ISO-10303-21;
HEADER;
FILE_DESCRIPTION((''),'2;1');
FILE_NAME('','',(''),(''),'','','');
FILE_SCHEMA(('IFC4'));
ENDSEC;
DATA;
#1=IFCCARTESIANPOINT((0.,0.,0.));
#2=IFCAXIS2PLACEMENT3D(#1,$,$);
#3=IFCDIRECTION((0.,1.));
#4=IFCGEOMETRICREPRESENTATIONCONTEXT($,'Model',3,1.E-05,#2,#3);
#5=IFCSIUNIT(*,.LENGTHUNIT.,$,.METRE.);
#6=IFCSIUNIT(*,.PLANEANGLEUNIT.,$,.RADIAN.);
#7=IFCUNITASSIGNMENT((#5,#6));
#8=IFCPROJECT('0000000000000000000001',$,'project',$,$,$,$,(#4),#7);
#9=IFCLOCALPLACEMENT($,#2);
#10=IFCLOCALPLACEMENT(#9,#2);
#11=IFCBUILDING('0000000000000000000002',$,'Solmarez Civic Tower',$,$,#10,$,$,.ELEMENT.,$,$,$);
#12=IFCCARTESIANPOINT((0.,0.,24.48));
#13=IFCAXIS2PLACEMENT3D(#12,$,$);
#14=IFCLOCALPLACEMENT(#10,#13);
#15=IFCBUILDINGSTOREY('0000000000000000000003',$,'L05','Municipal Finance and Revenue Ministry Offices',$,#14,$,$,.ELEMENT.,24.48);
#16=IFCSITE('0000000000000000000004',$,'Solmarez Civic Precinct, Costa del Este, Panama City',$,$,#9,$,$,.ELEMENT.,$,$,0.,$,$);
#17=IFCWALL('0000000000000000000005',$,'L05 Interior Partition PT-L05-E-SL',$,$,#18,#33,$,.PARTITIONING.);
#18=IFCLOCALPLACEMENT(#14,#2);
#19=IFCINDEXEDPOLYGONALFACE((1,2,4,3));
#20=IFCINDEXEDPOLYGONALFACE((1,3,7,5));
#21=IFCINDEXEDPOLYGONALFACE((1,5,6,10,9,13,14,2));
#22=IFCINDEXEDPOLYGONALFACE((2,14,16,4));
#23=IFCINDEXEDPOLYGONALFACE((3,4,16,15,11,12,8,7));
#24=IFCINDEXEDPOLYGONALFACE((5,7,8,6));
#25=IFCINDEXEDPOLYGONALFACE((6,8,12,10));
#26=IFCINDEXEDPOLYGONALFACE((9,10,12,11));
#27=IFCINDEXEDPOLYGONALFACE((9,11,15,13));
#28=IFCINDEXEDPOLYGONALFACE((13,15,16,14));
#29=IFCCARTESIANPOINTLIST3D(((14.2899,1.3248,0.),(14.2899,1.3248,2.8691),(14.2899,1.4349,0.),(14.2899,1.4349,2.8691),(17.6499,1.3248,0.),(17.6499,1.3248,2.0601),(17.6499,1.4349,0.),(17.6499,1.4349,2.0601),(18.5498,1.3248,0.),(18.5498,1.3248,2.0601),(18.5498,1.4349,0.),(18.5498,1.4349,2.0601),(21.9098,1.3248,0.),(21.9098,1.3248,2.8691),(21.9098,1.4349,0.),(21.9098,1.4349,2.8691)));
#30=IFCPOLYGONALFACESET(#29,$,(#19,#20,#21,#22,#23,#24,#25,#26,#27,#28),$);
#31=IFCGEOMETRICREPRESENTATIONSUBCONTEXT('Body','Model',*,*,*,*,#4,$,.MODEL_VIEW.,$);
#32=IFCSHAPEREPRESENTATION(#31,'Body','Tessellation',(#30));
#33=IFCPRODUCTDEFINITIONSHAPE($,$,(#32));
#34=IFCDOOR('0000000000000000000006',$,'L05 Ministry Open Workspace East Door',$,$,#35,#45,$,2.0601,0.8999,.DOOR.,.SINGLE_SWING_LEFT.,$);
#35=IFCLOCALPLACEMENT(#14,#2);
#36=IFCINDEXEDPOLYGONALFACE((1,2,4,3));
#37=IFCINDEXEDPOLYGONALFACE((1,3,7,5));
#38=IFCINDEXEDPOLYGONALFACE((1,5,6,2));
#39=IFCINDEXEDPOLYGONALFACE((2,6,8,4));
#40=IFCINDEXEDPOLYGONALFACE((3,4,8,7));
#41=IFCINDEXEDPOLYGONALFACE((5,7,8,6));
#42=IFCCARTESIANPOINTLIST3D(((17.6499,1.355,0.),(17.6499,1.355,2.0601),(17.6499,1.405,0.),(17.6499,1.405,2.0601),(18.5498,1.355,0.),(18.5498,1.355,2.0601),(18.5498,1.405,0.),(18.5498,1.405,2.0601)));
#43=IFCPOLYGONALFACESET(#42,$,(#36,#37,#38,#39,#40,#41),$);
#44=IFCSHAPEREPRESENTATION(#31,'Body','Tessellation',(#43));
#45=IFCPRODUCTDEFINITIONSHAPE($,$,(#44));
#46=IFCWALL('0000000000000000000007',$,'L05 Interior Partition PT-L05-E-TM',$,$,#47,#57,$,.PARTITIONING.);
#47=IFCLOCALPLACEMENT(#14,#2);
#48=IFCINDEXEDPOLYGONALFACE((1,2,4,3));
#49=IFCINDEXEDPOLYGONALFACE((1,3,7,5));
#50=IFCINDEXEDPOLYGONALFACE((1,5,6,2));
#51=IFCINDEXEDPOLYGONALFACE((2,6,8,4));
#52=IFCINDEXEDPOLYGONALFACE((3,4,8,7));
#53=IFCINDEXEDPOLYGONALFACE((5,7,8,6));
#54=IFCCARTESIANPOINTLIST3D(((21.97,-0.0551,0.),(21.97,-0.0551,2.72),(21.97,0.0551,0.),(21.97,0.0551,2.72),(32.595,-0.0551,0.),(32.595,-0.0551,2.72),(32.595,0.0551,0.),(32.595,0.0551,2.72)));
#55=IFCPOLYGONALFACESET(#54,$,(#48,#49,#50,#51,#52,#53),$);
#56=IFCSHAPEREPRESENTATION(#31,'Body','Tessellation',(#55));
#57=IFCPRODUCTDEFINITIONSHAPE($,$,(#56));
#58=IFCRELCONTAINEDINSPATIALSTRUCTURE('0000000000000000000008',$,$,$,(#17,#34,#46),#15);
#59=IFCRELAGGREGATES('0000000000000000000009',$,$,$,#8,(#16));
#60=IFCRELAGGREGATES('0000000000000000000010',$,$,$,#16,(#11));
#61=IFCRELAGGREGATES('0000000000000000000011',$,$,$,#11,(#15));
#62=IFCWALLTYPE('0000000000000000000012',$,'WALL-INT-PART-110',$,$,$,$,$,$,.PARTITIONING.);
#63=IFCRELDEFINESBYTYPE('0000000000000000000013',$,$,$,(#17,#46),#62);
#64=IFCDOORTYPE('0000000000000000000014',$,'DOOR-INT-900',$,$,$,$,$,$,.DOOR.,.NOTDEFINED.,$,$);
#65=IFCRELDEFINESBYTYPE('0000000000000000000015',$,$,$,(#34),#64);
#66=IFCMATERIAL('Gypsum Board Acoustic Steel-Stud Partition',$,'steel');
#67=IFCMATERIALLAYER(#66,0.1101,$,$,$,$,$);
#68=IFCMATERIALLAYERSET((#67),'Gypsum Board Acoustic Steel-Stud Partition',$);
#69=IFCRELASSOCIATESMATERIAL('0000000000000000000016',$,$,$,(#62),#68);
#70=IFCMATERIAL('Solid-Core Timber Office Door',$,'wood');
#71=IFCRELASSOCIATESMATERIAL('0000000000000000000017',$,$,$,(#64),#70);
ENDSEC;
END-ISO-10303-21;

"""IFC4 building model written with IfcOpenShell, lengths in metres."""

from ifc_helpers import new_model, si_unit, direction, frame, frame_2d, origin, place, context, subcontext, project, spatial, rectangle, extrude, material, layer, layer_set, type_object, element, fill, save


model = new_model("IFC4")

# Units and contexts
model_context = context("Model", 3, precision=1e-05, world=origin(), true_north=direction((0.0, 1.0)))
body_context = subcontext(model_context, "Body", "Model", "MODEL_VIEW")
ifc_project = project(units=[si_unit("LENGTHUNIT", "METRE"), si_unit("PLANEANGLEUNIT", "RADIAN")], contexts=[model_context])

# Site, building, storey
site_placement = place(None, origin())
site = spatial("IfcSite", under=ifc_project, at=site_placement, Name="Solmarez Civic Precinct, Costa del Este, Panama City", CompositionType="ELEMENT", RefElevation=0.0)
building_placement = place(site_placement, origin())
building = spatial("IfcBuilding", under=site, at=building_placement, Name="Solmarez Civic Tower", CompositionType="ELEMENT")
storey_placement = place(building_placement, frame((0.0, 0.0, 24.48)))
storey = spatial("IfcBuildingStorey", under=building, at=storey_placement, Name="L05", Description="Municipal Finance and Revenue Ministry Offices", CompositionType="ELEMENT", Elevation=24.48)

# Shared definitions
ifc_material_1 = material(Name="Gypsum Board Acoustic Steel-Stud Partition", Category="steel")
ifc_layer_1 = layer(ifc_material_1, 0.1101)
ifc_layer_set_1 = layer_set([ifc_layer_1], Name="Gypsum Board Acoustic Steel-Stud Partition")
wall_type_1 = type_object("IfcWallType", Name="WALL-INT-PART-110", PredefinedType="PARTITIONING", material=ifc_layer_set_1)

# Wall, opening, door
wall_1_placement = place(storey_placement, frame((21.9099, 1.3799, 0.0), z_axis=(0.0, 0.0, 1.0), x_axis=(-1.0, 0.0, 0.0)))
wall_1 = element("IfcWall", 1, at=wall_1_placement, inside=storey, type_object=wall_type_1, Name="L05 Interior Partition PT-L05-E-SL", PredefinedType="PARTITIONING", context=body_context, shape_type="SweptSolid", body=[
    extrude(rectangle(XDim=7.6199, YDim=0.1101, at=frame_2d((3.8101, 0.0))), origin(), (0.0, 0.0, 1.0), 2.8691),
])
opening_1_placement = place(wall_1_placement, frame((3.3601, 0.0, 0.0)))
opening_1 = element("IfcOpeningElement", 2, at=opening_1_placement, cuts=wall_1, PredefinedType="OPENING", context=body_context, shape_type="SweptSolid", body=[
    extrude(rectangle(XDim=0.8999, YDim=2.0601, at=frame_2d((0.45, 1.03))), frame((0.0, 0.0649, 0.0), z_axis=(0.0, -1.0, 0.0), x_axis=(1.0, 0.0, 0.0)), (0.0, 0.0, 1.0), 0.1301),
])
ifc_material_2 = material(Name="Solid-Core Timber Office Door", Category="wood")
door_type_1 = type_object("IfcDoorType", Name="DOOR-INT-900", OperationType="NOTDEFINED", PredefinedType="DOOR", material=ifc_material_2)
door_1_placement = place(opening_1_placement, origin())
door_1 = element("IfcDoor", 3, at=door_1_placement, inside=storey, type_object=door_type_1, Name="L05 Ministry Open Workspace East Door", OperationType="SINGLE_SWING_LEFT", OverallHeight=2.0601, OverallWidth=0.8999, PredefinedType="DOOR", context=body_context, shape_type="SweptSolid", body=[
    extrude(rectangle(XDim=0.8999, YDim=2.0601, at=frame_2d((0.45, 1.03))), frame((0.0, 0.0249, 0.0), z_axis=(0.0, -1.0, 0.0), x_axis=(1.0, 0.0, 0.0)), (0.0, 0.0, 1.0), 0.05),
])
fill(opening_1, door_1)

# Wall
wall_2_placement = place(storey_placement, frame((21.97, 0.0, 0.0), z_axis=(0.0, 0.0, 1.0), x_axis=(1.0, 0.0, 0.0)))
element("IfcWall", 4, at=wall_2_placement, inside=storey, type_object=wall_type_1, Name="L05 Interior Partition PT-L05-E-TM", PredefinedType="PARTITIONING", context=body_context, shape_type="SweptSolid", body=[
    extrude(rectangle(XDim=10.625, YDim=0.1101, at=frame_2d((5.3125, 0.0))), origin(), (0.0, 0.0, 1.0), 2.72),
])

save(model, "model.ifc")
